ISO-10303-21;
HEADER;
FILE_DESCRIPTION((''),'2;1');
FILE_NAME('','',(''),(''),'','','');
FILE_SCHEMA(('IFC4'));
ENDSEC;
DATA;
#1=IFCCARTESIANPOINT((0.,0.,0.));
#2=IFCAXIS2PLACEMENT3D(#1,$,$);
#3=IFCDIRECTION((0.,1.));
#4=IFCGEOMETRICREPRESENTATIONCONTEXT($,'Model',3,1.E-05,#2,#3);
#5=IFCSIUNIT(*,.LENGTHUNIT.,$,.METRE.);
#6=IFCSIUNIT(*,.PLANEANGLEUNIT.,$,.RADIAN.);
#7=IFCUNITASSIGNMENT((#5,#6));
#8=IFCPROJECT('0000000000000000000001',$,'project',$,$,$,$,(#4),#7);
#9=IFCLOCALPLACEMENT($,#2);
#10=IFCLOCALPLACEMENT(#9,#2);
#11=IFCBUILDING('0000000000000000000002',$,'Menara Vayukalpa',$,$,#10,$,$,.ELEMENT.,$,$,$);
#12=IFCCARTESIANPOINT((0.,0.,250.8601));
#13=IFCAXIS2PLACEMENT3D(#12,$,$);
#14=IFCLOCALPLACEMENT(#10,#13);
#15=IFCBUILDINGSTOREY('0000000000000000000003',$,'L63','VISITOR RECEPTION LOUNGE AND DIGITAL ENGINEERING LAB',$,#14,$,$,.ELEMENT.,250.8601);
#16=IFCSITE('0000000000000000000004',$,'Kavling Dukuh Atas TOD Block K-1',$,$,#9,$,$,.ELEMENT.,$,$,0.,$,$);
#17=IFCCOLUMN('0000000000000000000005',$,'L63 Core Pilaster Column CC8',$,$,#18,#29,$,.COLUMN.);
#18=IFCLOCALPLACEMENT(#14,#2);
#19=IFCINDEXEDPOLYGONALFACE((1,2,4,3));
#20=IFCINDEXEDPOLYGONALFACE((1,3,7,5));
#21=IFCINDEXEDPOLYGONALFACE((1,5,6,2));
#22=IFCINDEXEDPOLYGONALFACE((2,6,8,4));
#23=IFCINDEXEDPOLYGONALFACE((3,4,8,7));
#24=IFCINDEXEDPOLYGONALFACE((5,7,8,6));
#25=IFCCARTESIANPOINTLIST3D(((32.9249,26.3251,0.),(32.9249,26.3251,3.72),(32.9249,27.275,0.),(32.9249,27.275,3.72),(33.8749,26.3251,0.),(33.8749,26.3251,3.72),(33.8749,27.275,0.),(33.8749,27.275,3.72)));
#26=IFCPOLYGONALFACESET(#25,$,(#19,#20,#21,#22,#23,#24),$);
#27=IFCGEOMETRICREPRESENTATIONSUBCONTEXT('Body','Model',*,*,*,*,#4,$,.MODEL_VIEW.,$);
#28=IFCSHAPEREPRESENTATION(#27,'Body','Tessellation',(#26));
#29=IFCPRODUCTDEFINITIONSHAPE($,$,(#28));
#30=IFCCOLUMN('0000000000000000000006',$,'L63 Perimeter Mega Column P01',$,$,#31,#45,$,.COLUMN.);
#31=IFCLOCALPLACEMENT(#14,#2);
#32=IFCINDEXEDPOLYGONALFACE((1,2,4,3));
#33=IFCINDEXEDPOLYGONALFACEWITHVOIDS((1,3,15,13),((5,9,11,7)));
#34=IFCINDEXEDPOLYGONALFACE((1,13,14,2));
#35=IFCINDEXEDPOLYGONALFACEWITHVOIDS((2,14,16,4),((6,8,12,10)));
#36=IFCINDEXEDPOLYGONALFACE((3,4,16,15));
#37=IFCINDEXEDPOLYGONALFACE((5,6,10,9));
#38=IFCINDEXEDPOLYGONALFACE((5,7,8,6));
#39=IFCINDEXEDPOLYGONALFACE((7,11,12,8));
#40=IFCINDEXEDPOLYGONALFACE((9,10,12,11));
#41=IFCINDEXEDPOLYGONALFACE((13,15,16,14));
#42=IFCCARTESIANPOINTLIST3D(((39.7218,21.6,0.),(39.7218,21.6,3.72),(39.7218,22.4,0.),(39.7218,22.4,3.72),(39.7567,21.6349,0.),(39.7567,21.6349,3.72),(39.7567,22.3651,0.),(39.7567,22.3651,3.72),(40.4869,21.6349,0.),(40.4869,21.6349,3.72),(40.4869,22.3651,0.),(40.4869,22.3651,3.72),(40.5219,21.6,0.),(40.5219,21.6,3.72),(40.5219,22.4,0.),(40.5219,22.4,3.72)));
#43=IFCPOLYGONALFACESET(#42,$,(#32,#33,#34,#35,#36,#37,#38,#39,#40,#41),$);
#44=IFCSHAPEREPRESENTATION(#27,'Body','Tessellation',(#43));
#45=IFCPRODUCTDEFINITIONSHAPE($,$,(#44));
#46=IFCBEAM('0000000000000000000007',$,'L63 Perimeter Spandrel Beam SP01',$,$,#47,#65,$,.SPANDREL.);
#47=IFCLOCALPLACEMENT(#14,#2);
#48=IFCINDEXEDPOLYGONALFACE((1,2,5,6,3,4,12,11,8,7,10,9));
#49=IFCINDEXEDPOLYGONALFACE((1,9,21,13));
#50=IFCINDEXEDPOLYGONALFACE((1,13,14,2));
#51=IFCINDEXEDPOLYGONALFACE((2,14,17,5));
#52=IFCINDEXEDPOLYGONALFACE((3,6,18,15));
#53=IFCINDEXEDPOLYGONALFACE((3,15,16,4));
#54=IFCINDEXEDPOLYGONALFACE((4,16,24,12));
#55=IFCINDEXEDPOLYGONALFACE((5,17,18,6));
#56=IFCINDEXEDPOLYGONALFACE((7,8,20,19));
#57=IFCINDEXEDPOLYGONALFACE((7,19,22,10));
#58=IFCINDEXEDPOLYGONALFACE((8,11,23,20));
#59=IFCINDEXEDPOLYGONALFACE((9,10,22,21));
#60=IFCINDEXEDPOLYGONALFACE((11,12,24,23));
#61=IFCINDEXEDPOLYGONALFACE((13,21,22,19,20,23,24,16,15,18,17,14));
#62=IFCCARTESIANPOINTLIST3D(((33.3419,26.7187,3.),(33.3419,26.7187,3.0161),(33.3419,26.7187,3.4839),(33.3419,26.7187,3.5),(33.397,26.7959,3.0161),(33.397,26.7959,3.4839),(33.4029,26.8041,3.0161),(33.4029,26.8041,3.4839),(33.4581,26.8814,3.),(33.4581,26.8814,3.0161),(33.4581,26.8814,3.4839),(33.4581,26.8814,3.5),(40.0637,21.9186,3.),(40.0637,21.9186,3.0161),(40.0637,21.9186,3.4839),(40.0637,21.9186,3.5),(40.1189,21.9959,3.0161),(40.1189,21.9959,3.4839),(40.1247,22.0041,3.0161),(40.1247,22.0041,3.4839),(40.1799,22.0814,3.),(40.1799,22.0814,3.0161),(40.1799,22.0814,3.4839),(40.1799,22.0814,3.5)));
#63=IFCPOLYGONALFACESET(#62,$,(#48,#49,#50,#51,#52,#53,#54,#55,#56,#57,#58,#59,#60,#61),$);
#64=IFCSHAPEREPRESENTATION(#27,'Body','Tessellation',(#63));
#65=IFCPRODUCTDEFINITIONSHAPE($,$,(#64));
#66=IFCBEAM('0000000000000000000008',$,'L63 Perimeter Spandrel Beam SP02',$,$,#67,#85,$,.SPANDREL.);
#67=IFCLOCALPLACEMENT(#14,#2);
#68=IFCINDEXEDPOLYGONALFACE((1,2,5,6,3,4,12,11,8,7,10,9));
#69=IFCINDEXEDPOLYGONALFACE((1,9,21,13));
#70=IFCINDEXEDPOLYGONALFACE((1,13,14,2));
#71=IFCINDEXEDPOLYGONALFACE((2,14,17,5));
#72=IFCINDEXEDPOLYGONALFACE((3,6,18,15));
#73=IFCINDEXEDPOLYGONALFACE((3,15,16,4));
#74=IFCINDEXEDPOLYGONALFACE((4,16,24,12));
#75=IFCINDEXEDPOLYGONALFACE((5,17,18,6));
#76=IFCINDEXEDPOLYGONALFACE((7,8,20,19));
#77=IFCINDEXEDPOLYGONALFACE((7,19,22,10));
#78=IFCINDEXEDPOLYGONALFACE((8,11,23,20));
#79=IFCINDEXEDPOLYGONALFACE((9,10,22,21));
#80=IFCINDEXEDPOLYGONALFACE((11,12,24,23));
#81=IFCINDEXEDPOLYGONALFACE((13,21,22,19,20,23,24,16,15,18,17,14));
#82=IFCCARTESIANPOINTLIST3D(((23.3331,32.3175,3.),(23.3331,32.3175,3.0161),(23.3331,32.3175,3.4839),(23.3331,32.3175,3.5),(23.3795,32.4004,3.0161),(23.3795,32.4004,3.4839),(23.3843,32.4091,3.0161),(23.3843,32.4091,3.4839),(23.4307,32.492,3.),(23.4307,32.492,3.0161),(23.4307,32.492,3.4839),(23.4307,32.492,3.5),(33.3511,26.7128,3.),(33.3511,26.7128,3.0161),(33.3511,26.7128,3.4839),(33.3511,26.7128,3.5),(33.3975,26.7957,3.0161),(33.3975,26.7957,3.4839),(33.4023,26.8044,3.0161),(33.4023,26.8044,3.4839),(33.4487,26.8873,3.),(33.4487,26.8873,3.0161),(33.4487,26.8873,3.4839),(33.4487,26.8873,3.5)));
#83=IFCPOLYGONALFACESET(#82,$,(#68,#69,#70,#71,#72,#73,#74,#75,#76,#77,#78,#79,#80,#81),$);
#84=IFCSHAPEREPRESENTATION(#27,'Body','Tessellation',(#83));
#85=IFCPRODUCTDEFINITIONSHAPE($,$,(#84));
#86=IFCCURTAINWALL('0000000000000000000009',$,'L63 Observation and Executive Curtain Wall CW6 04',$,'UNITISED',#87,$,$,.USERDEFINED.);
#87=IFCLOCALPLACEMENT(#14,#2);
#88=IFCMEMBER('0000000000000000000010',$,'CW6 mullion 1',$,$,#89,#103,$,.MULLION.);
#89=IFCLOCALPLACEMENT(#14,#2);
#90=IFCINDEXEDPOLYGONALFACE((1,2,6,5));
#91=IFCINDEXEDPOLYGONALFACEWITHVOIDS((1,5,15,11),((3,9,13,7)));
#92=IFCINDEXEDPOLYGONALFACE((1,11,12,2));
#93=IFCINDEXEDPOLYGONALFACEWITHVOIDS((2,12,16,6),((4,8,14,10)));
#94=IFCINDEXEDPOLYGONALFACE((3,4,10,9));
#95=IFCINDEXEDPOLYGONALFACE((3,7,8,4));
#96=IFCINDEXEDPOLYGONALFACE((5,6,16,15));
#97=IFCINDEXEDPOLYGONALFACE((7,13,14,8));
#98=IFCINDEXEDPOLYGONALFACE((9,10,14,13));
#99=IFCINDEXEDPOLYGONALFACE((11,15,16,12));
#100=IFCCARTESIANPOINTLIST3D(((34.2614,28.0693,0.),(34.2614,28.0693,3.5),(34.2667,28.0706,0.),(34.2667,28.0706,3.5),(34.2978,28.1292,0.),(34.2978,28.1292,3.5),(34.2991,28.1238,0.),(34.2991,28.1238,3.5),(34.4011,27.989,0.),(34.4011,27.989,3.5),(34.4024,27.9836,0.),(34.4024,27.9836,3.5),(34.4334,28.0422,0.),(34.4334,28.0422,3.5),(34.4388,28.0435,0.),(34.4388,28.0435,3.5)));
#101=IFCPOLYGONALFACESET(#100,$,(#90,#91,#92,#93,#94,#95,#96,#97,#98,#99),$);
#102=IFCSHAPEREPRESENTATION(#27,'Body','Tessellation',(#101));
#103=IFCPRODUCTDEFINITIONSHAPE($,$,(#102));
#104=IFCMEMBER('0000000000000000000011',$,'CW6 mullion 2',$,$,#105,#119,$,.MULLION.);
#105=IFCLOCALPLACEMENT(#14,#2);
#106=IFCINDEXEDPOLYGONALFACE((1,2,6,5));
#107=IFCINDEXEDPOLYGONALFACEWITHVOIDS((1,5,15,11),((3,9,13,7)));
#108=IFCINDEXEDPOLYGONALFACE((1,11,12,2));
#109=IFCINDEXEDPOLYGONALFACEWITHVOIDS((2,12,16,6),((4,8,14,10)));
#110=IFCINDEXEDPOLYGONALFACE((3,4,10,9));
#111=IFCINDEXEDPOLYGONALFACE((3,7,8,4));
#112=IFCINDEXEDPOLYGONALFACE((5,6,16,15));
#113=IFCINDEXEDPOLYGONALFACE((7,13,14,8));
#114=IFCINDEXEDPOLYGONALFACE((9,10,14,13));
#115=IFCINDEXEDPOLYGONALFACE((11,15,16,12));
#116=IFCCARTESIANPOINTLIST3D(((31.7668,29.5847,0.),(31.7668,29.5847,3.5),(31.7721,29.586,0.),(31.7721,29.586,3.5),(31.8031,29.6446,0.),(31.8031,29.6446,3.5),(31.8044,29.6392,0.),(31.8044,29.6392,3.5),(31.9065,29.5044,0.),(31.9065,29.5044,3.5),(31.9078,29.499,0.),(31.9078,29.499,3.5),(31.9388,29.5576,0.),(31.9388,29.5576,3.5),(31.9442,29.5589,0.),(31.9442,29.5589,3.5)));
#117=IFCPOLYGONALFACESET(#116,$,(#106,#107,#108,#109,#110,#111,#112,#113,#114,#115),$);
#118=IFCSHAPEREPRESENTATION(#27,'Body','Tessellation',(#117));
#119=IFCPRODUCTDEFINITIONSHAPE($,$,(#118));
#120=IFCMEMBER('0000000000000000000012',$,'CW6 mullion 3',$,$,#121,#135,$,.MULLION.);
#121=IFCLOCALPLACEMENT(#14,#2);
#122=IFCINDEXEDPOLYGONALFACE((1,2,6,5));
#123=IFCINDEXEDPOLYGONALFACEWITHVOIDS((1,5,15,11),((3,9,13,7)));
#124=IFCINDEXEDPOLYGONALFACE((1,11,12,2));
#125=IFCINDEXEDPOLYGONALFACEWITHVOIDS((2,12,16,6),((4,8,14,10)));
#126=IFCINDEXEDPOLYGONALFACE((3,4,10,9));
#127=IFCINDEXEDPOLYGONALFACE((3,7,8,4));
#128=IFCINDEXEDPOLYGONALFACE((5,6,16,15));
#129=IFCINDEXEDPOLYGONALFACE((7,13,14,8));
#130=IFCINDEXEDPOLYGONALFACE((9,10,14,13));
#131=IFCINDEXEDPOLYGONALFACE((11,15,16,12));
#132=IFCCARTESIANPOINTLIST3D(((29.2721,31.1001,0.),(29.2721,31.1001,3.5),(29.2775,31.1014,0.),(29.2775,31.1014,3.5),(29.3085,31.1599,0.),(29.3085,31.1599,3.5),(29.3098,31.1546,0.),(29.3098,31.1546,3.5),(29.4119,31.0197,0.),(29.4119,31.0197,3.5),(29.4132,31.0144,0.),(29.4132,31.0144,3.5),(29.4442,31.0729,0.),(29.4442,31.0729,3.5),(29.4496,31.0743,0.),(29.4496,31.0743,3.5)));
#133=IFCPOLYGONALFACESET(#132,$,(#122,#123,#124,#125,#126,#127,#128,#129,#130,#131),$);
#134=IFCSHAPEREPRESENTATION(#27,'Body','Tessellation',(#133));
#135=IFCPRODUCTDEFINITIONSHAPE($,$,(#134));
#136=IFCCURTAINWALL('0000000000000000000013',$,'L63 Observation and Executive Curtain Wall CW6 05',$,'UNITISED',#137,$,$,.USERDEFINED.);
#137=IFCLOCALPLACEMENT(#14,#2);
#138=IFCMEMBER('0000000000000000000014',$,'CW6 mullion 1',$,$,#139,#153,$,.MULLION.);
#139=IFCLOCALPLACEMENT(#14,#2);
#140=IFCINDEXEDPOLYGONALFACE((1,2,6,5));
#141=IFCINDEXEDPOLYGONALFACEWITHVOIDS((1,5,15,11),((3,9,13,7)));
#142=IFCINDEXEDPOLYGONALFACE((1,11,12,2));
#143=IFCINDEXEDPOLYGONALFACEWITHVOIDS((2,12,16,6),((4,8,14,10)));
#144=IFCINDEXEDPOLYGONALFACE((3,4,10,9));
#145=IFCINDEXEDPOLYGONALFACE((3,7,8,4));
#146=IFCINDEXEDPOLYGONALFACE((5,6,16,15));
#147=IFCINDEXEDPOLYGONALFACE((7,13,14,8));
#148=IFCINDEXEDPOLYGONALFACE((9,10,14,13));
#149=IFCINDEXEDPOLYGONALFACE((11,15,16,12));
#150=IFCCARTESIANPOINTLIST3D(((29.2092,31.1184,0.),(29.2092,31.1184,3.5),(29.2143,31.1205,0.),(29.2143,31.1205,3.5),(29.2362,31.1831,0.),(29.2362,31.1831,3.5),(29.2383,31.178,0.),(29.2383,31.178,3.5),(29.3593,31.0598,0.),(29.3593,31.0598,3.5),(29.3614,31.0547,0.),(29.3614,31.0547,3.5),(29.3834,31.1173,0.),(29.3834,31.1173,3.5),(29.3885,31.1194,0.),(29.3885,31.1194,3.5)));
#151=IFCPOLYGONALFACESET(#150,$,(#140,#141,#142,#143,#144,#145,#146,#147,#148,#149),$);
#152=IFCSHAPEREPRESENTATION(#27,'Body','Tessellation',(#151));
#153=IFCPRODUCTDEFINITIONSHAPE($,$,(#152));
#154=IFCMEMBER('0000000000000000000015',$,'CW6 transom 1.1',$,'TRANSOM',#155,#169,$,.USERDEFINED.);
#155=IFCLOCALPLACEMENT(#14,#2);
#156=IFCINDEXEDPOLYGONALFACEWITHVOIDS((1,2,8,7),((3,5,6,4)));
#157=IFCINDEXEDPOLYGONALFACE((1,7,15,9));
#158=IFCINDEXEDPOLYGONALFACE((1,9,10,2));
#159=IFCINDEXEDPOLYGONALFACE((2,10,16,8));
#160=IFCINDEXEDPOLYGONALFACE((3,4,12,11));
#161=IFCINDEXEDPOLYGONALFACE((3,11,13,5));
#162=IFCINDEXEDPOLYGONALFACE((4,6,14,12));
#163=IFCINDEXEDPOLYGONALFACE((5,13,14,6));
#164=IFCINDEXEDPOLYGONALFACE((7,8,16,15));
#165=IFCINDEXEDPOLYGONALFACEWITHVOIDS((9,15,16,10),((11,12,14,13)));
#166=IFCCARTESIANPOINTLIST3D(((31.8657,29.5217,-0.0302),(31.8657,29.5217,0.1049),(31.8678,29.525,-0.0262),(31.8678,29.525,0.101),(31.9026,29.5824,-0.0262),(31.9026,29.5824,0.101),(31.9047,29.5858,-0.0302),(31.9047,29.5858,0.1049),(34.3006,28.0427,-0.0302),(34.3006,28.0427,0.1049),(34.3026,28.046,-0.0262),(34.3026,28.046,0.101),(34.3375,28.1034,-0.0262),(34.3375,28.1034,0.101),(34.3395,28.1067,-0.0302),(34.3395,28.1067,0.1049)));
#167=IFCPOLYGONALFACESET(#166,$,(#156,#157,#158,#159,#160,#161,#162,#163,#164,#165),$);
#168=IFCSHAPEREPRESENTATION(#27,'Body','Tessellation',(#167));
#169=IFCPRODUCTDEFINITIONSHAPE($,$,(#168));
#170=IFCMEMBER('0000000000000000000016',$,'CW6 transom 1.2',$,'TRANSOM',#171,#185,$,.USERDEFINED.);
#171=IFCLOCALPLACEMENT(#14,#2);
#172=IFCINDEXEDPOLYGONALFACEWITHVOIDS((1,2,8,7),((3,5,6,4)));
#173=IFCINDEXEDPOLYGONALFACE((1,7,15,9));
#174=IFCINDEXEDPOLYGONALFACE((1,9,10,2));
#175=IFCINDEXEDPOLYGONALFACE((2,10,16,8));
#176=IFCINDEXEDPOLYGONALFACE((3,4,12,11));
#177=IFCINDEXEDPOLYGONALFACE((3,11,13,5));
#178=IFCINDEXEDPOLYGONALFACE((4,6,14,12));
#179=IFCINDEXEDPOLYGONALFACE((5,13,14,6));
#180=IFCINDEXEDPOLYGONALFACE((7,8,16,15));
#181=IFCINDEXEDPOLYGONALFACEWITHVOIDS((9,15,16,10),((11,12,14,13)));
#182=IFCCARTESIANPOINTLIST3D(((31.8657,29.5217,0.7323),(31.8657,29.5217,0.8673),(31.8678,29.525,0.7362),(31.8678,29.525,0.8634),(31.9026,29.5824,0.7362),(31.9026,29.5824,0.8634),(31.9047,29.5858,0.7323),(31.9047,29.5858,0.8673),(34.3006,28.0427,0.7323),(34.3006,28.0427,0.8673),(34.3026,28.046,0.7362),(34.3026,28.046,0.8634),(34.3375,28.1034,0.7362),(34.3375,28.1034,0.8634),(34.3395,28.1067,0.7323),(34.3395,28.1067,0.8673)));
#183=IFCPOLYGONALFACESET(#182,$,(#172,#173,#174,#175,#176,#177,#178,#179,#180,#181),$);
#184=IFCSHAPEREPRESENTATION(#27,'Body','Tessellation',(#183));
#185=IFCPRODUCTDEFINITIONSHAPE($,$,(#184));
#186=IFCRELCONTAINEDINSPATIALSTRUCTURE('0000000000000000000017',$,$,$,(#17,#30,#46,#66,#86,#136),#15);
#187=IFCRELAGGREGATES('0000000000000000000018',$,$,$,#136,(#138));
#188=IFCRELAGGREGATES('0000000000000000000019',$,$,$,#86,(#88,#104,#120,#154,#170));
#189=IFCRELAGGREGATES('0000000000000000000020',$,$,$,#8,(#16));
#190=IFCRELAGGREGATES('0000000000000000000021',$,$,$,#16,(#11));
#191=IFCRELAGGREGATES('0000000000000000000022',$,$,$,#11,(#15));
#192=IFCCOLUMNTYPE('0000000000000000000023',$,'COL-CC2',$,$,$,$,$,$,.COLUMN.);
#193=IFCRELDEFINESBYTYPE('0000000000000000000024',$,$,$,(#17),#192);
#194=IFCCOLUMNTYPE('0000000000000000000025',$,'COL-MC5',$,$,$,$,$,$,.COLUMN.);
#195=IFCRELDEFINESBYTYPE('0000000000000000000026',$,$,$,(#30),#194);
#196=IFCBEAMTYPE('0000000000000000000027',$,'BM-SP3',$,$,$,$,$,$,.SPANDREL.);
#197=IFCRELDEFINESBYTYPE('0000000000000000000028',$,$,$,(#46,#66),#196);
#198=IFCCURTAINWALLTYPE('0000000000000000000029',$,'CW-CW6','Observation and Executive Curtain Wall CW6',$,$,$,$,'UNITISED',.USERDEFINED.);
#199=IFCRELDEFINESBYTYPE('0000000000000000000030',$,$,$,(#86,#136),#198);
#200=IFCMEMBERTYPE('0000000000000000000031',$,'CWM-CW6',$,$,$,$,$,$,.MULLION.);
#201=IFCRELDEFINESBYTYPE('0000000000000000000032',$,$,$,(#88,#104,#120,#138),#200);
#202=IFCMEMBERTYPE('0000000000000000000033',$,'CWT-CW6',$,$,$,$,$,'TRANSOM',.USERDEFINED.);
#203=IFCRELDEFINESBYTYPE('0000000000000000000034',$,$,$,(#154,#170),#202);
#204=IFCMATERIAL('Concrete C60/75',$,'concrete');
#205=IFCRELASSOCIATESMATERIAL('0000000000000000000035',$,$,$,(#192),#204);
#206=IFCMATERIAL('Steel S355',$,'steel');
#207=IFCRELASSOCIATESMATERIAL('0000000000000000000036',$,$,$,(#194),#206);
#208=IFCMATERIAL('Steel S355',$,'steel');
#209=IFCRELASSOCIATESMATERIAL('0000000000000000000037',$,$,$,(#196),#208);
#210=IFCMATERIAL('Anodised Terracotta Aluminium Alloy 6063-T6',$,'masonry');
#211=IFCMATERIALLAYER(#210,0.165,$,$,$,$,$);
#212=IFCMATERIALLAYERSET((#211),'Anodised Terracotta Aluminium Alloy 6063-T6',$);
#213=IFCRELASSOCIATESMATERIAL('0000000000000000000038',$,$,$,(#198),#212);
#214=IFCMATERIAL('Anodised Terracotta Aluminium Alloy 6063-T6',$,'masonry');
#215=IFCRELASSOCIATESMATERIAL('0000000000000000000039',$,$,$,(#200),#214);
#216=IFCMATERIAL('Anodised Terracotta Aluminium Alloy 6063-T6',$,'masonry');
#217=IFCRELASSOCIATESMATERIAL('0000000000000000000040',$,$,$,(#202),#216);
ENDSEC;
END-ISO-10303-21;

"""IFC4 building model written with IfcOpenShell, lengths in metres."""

from ifc_helpers import new_model, si_unit, direction, frame, origin, origin_2d, place, context, subcontext, project, spatial, rectangle, hollow_rectangle, i_section, extrude, material, layer, layer_set, material_profile, profile_set, type_object, element, aggregate, save


model = new_model("IFC4")

# Units and contexts
model_context = context("Model", 3, precision=1e-05, world=origin(), true_north=direction((0.0, 1.0)))
body_context = subcontext(model_context, "Body", "Model", "MODEL_VIEW")
ifc_project = project(units=[si_unit("LENGTHUNIT", "METRE"), si_unit("PLANEANGLEUNIT", "RADIAN")], contexts=[model_context])

# Site, building, storey
site_placement = place(None, origin())
site = spatial("IfcSite", under=ifc_project, at=site_placement, Name="Kavling Dukuh Atas TOD Block K-1", CompositionType="ELEMENT", RefElevation=0.0)
building_placement = place(site_placement, origin())
building = spatial("IfcBuilding", under=site, at=building_placement, Name="Menara Vayukalpa", CompositionType="ELEMENT")
storey_placement = place(building_placement, frame((0.0, 0.0, 250.8601)))
storey = spatial("IfcBuildingStorey", under=building, at=storey_placement, Name="L63", Description="VISITOR RECEPTION LOUNGE AND DIGITAL ENGINEERING LAB", CompositionType="ELEMENT", Elevation=250.8601)

# Columns
ifc_material_1 = material(Name="Concrete C60/75", Category="concrete")
ifc_material_profile_1 = material_profile(ifc_material_1, rectangle(XDim=0.95, YDim=0.95, at=origin_2d()), Name="RC 950x950")
ifc_profile_set_1 = profile_set([ifc_material_profile_1], Name="Concrete C60/75")
column_type_1 = type_object("IfcColumnType", Name="COL-CC2", PredefinedType="COLUMN", material=ifc_profile_set_1)
column_1_placement = place(storey_placement, frame((33.3999, 26.8, 0.0), z_axis=(0.0, 0.0, 1.0), x_axis=(1.0, 0.0, 0.0)))
element("IfcColumn", 1, at=column_1_placement, inside=storey, type_object=column_type_1, Name="L63 Core Pilaster Column CC8", PredefinedType="COLUMN", context=body_context, shape_type="SweptSolid", body=[
    extrude(rectangle(XDim=0.95, YDim=0.95, at=origin_2d()), origin(), (0.0, 0.0, 1.0), 3.72),
])
ifc_material_2 = material(Name="Steel S355", Category="steel")
ifc_material_profile_2 = material_profile(ifc_material_2, hollow_rectangle(XDim=0.8, YDim=0.8, WallThickness=0.0349, at=origin_2d()), Name="BOX 800x800x35")
ifc_profile_set_2 = profile_set([ifc_material_profile_2], Name="Steel S355")
column_type_2 = type_object("IfcColumnType", Name="COL-MC5", PredefinedType="COLUMN", material=ifc_profile_set_2)
column_2_placement = place(storey_placement, frame((40.1218, 22.0, 0.0), z_axis=(0.0, 0.0, 1.0), x_axis=(1.0, 0.0, 0.0)))
element("IfcColumn", 2, at=column_2_placement, inside=storey, type_object=column_type_2, Name="L63 Perimeter Mega Column P01", PredefinedType="COLUMN", context=body_context, shape_type="SweptSolid", body=[
    extrude(hollow_rectangle(XDim=0.8, YDim=0.8, WallThickness=0.0349, at=origin_2d()), origin(), (0.0, 0.0, 1.0), 3.72),
])

# Beams
ifc_material_3 = material(Name="Steel S355", Category="steel")
ifc_material_profile_3 = material_profile(ifc_material_3, i_section(OverallWidth=0.2, OverallDepth=0.5, WebThickness=0.01, FlangeThickness=0.0161, at=origin_2d()), Name="WF 500x200x10x16")
ifc_profile_set_3 = profile_set([ifc_material_profile_3], Name="Steel S355")
beam_type = type_object("IfcBeamType", Name="BM-SP3", PredefinedType="SPANDREL", material=ifc_profile_set_3)
beam_1_placement = place(storey_placement, frame((40.1218, 22.0, 3.25), z_axis=(-0.813809, 0.581132, 0.0), x_axis=(-0.581132, -0.813809, 0.0)))
element("IfcBeam", 3, at=beam_1_placement, inside=storey, type_object=beam_type, Name="L63 Perimeter Spandrel Beam SP01", PredefinedType="SPANDREL", context=body_context, shape_type="SweptSolid", body=[
    extrude(i_section(OverallWidth=0.2, OverallDepth=0.5, WebThickness=0.01, FlangeThickness=0.0161, at=origin_2d()), origin(), (0.0, 0.0, 1.0), 8.2598),
])
beam_2_placement = place(storey_placement, frame((33.3999, 26.8, 3.25), z_axis=(-0.872706, 0.488246, 0.0), x_axis=(-0.488246, -0.872706, 0.0)))
element("IfcBeam", 4, at=beam_2_placement, inside=storey, type_object=beam_type, Name="L63 Perimeter Spandrel Beam SP02", PredefinedType="SPANDREL", context=body_context, shape_type="SweptSolid", body=[
    extrude(i_section(OverallWidth=0.2, OverallDepth=0.5, WebThickness=0.01, FlangeThickness=0.0161, at=origin_2d()), origin(), (0.0, 0.0, 1.0), 11.4792),
])

# Curtain wall, members
ifc_material_4 = material(Name="Anodised Terracotta Aluminium Alloy 6063-T6", Category="masonry")
ifc_layer_1 = layer(ifc_material_4, 0.165)
ifc_layer_set_1 = layer_set([ifc_layer_1], Name="Anodised Terracotta Aluminium Alloy 6063-T6")
curtain_wall_type = type_object("IfcCurtainWallType", Name="CW-CW6", Description="Observation and Executive Curtain Wall CW6", ElementType="UNITISED", PredefinedType="USERDEFINED", material=ifc_layer_set_1)
curtain_wall_1_placement = place(storey_placement, origin())
curtain_wall_1 = element("IfcCurtainWall", 5, at=curtain_wall_1_placement, inside=storey, type_object=curtain_wall_type, Name="L63 Observation and Executive Curtain Wall CW6 04", ObjectType="UNITISED", PredefinedType="USERDEFINED")
ifc_material_5 = material(Name="Anodised Terracotta Aluminium Alloy 6063-T6", Category="masonry")
ifc_material_profile_4 = material_profile(ifc_material_5, hollow_rectangle(XDim=0.0701, YDim=0.165, WallThickness=0.0039, at=origin_2d()), Name="ALU 70x165x4")
ifc_profile_set_4 = profile_set([ifc_material_profile_4], Name="Anodised Terracotta Aluminium Alloy 6063-T6")
member_type_1 = type_object("IfcMemberType", Name="CWM-CW6", PredefinedType="MULLION", material=ifc_profile_set_4)
member_1_placement = place(storey_placement, frame((34.3501, 28.0564, 0.0), z_axis=(0.0, 0.0, 1.0), x_axis=(-0.519176, -0.854668, 0.0)))
member_1 = element("IfcMember", 6, at=member_1_placement, type_object=member_type_1, Name="CW6 mullion 1", PredefinedType="MULLION", context=body_context, shape_type="SweptSolid", body=[
    extrude(hollow_rectangle(XDim=0.0701, YDim=0.165, WallThickness=0.0039, at=origin_2d()), origin(), (0.0, 0.0, 1.0), 3.5),
])
member_2_placement = place(storey_placement, frame((31.8555, 29.5718, 0.0), z_axis=(0.0, 0.0, 1.0), x_axis=(-0.519176, -0.854668, 0.0)))
member_2 = element("IfcMember", 7, at=member_2_placement, type_object=member_type_1, Name="CW6 mullion 2", PredefinedType="MULLION", context=body_context, shape_type="SweptSolid", body=[
    extrude(hollow_rectangle(XDim=0.0701, YDim=0.165, WallThickness=0.0039, at=origin_2d()), origin(), (0.0, 0.0, 1.0), 3.5),
])
member_3_placement = place(storey_placement, frame((29.3608, 31.0872, 0.0), z_axis=(0.0, 0.0, 1.0), x_axis=(-0.519176, -0.854668, 0.0)))
member_3 = element("IfcMember", 8, at=member_3_placement, type_object=member_type_1, Name="CW6 mullion 3", PredefinedType="MULLION", context=body_context, shape_type="SweptSolid", body=[
    extrude(hollow_rectangle(XDim=0.0701, YDim=0.165, WallThickness=0.0039, at=origin_2d()), origin(), (0.0, 0.0, 1.0), 3.5),
])

# Curtain wall, member
curtain_wall_2_placement = place(storey_placement, origin())
curtain_wall_2 = element("IfcCurtainWall", 9, at=curtain_wall_2_placement, inside=storey, type_object=curtain_wall_type, Name="L63 Observation and Executive Curtain Wall CW6 05", ObjectType="UNITISED", PredefinedType="USERDEFINED")
member_4_placement = place(storey_placement, frame((29.2988, 31.1189, 0.0), z_axis=(0.0, 0.0, 1.0), x_axis=(-0.3859, -0.922541, 0.0)))
member_4 = element("IfcMember", 10, at=member_4_placement, type_object=member_type_1, Name="CW6 mullion 1", PredefinedType="MULLION", context=body_context, shape_type="SweptSolid", body=[
    extrude(hollow_rectangle(XDim=0.0701, YDim=0.165, WallThickness=0.0039, at=origin_2d()), origin(), (0.0, 0.0, 1.0), 3.5),
])
aggregate(curtain_wall_2, [member_4])

# Members
ifc_material_6 = material(Name="Anodised Terracotta Aluminium Alloy 6063-T6", Category="masonry")
ifc_material_profile_5 = material_profile(ifc_material_6, hollow_rectangle(XDim=0.075, YDim=0.135, WallThickness=0.0039, at=origin_2d()), Name="ALU 75x135x4")
ifc_profile_set_5 = profile_set([ifc_material_profile_5], Name="Anodised Terracotta Aluminium Alloy 6063-T6")
member_type_2 = type_object("IfcMemberType", Name="CWT-CW6", ElementType="TRANSOM", PredefinedType="USERDEFINED", material=ifc_profile_set_5)
member_5_placement = place(storey_placement, frame((34.3201, 28.0747, 0.0374), z_axis=(-0.854675, 0.519164, 0.0), x_axis=(-0.519164, -0.854675, 0.0)))
member_5 = element("IfcMember", 11, at=member_5_placement, type_object=member_type_2, Name="CW6 transom 1.1", ObjectType="TRANSOM", PredefinedType="USERDEFINED", context=body_context, shape_type="SweptSolid", body=[
    extrude(hollow_rectangle(XDim=0.075, YDim=0.135, WallThickness=0.0039, at=origin_2d()), origin(), (0.0, 0.0, 1.0), 2.8489),
])
member_6_placement = place(storey_placement, frame((34.3201, 28.0747, 0.7998), z_axis=(-0.854675, 0.519164, 0.0), x_axis=(-0.519164, -0.854675, 0.0)))
member_6 = element("IfcMember", 12, at=member_6_placement, type_object=member_type_2, Name="CW6 transom 1.2", ObjectType="TRANSOM", PredefinedType="USERDEFINED", context=body_context, shape_type="SweptSolid", body=[
    extrude(hollow_rectangle(XDim=0.075, YDim=0.135, WallThickness=0.0039, at=origin_2d()), origin(), (0.0, 0.0, 1.0), 2.8489),
])

aggregate(curtain_wall_1, [member_1, member_2, member_3, member_5, member_6])

save(model, "model.ifc")
